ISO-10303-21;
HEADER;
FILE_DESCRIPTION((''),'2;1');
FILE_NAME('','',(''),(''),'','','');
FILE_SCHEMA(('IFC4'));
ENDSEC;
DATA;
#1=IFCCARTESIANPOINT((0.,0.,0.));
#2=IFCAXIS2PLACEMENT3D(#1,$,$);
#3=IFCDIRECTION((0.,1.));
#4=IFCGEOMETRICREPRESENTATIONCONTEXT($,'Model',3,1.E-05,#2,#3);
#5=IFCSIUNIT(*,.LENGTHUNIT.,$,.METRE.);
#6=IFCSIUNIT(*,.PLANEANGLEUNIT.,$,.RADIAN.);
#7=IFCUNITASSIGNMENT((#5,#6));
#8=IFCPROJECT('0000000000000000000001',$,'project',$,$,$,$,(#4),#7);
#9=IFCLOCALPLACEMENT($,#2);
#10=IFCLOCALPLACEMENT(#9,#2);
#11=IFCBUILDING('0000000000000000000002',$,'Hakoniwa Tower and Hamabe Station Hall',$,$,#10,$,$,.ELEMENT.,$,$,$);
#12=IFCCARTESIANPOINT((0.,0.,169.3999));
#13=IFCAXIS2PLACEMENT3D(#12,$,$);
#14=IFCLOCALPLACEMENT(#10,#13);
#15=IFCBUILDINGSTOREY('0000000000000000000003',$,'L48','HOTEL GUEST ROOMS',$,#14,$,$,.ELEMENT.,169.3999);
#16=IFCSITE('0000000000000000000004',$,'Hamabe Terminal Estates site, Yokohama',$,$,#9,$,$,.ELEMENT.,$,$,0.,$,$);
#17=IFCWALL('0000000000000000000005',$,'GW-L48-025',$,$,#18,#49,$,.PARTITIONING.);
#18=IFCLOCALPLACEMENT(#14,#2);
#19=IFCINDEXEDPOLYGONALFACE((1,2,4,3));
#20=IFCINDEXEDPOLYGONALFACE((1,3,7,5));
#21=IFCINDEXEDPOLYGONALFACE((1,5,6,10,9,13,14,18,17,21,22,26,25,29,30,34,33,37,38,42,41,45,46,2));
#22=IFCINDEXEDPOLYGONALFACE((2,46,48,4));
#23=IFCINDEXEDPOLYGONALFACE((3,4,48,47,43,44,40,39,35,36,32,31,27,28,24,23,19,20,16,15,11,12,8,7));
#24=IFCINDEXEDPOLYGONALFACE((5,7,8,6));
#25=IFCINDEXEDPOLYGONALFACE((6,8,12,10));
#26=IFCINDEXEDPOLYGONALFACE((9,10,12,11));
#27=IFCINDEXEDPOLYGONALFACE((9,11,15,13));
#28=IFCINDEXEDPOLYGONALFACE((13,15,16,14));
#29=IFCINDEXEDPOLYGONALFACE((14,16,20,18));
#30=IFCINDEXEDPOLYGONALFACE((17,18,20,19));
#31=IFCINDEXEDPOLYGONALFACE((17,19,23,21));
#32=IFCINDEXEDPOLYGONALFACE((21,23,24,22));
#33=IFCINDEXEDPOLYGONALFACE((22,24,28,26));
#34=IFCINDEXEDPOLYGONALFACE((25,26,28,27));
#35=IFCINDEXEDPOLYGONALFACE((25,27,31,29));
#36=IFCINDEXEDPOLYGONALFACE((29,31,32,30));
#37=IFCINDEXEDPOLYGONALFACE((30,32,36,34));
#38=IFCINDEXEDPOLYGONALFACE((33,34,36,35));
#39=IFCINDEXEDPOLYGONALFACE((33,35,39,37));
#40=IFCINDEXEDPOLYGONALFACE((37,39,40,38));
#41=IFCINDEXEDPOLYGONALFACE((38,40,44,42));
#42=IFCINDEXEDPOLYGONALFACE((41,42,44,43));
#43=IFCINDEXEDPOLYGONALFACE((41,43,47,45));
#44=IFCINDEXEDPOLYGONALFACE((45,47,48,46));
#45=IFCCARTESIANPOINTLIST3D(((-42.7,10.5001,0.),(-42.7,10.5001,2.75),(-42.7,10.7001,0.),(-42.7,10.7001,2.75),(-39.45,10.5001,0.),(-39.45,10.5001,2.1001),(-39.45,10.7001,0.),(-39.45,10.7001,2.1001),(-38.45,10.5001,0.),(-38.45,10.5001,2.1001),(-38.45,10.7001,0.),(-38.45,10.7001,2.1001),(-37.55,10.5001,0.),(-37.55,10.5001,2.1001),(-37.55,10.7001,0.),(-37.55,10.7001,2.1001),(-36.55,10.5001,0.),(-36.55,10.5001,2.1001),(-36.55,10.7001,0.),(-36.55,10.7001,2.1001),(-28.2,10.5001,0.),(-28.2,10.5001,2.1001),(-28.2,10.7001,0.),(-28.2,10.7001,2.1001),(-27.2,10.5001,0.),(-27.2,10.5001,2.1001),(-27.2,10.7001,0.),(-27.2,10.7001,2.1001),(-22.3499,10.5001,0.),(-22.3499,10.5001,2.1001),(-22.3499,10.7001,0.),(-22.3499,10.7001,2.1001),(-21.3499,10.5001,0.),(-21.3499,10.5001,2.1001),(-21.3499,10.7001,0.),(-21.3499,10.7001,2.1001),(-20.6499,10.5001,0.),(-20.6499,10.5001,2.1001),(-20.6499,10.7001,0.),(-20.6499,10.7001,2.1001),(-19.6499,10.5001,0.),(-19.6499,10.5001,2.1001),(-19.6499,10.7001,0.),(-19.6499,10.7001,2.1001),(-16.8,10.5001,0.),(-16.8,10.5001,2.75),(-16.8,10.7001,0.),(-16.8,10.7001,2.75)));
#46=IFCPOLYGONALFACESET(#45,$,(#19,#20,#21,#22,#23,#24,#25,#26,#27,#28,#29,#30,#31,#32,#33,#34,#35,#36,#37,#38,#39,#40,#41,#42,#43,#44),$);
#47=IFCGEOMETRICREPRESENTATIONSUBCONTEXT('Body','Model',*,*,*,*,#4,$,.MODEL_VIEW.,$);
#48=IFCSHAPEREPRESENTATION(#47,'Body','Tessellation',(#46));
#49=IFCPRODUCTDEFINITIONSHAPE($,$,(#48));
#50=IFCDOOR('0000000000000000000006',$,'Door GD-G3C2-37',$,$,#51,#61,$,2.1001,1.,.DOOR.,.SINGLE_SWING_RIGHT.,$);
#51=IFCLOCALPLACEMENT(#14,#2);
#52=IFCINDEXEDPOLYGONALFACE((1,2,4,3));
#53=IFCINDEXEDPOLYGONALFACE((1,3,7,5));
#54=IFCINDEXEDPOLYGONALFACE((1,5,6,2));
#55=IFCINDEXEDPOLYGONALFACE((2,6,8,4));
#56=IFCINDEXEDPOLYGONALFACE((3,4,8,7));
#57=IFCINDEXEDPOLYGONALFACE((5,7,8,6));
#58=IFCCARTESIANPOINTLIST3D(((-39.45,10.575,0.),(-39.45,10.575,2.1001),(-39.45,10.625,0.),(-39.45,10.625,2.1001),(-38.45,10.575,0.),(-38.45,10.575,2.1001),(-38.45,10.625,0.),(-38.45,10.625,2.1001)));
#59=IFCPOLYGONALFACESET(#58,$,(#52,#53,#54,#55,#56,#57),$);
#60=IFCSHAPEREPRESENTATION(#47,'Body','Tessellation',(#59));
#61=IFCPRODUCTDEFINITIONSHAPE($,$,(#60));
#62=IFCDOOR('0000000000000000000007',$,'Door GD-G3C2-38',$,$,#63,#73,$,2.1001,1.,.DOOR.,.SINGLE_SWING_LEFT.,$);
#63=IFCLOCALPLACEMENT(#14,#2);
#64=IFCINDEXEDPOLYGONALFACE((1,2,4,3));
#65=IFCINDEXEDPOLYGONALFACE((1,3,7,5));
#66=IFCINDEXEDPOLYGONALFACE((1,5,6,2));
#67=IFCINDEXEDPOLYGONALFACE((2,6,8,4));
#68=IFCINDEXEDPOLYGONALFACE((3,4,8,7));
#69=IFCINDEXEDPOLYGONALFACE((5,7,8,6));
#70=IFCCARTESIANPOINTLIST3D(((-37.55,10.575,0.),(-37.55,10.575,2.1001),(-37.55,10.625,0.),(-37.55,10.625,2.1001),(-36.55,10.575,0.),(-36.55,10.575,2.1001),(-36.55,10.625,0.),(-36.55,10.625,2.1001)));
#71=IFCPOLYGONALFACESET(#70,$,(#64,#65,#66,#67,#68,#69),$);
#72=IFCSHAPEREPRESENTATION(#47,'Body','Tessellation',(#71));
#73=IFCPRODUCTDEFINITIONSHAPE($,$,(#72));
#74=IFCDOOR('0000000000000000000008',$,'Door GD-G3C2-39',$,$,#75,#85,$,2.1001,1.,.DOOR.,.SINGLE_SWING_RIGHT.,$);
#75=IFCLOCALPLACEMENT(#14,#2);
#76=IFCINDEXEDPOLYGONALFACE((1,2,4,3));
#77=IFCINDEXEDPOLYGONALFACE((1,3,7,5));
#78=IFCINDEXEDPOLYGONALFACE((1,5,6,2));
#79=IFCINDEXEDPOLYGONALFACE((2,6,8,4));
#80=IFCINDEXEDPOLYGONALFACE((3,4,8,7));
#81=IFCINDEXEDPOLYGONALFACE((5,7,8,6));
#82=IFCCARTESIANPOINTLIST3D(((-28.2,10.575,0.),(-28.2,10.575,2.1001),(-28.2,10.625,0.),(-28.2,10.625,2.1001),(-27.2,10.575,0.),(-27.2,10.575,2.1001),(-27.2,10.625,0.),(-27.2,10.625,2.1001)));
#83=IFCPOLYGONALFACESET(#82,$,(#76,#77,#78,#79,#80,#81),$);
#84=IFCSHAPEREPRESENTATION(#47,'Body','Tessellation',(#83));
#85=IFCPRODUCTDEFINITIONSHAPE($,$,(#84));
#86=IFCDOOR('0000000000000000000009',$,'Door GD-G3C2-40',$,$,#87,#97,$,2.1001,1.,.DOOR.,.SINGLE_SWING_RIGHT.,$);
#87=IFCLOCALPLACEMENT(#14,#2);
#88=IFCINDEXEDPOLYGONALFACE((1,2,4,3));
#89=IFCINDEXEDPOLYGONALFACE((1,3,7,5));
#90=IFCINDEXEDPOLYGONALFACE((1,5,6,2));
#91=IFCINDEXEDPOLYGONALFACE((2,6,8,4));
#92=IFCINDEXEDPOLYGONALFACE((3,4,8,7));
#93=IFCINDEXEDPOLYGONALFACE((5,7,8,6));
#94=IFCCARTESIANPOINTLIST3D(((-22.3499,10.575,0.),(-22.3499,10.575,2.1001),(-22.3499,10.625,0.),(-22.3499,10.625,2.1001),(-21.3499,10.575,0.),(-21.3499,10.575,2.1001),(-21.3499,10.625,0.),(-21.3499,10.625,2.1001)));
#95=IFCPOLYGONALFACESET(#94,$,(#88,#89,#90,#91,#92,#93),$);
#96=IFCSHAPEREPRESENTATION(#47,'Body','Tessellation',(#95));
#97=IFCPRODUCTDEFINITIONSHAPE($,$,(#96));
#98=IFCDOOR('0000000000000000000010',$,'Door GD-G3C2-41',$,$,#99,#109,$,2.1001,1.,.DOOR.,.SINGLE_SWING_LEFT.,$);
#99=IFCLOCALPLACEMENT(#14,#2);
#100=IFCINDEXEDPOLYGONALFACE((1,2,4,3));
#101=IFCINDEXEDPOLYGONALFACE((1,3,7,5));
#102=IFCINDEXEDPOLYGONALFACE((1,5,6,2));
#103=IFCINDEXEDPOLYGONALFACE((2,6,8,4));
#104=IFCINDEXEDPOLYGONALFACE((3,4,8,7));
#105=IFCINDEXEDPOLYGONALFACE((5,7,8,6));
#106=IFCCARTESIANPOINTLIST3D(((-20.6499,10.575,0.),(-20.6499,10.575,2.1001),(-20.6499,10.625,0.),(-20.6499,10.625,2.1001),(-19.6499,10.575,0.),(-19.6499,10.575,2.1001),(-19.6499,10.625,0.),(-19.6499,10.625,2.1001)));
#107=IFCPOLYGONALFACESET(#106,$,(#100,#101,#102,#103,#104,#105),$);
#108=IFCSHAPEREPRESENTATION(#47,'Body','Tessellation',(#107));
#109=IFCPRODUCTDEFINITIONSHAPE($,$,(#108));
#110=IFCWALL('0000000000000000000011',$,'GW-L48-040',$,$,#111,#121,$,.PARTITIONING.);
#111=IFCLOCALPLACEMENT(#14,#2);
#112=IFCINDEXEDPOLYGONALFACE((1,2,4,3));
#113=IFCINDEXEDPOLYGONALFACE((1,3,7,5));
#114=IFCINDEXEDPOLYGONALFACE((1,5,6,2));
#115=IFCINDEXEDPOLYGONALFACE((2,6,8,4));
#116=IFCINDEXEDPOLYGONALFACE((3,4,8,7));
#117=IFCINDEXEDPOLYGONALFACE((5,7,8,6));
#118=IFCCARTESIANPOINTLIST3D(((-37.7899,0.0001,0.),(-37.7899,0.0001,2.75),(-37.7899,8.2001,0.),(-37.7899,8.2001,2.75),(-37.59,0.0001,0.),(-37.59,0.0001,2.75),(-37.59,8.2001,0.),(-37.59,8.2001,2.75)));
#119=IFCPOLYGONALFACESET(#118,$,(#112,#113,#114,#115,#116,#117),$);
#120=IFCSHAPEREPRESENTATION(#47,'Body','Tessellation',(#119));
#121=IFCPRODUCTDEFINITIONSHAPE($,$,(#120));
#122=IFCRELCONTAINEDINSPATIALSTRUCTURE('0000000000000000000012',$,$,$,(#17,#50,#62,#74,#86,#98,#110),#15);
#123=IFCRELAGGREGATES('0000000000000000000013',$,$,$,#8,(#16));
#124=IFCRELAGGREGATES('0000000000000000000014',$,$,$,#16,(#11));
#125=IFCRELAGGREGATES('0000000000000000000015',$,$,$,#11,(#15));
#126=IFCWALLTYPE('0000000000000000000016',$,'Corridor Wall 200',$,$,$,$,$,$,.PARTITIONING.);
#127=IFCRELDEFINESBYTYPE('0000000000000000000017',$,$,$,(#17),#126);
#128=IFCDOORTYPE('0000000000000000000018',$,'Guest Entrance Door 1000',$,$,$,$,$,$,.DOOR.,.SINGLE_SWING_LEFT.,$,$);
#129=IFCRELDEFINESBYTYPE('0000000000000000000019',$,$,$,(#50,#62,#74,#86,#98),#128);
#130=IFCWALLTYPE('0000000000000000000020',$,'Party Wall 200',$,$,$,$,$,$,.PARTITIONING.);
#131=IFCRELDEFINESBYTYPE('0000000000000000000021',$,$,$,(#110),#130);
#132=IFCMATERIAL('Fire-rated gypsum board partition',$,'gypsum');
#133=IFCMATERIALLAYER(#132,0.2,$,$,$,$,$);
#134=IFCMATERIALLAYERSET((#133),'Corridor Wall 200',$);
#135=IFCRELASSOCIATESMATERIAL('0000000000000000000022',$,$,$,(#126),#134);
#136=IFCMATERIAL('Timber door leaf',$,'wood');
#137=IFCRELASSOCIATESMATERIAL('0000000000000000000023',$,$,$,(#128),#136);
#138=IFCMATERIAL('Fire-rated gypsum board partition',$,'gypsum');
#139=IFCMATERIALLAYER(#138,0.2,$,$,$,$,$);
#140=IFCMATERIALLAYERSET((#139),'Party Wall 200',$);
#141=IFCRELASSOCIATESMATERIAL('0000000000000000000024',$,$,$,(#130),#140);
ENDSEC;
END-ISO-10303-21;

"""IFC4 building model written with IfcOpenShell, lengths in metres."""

from ifc_helpers import new_model, si_unit, direction, frame, frame_2d, origin, place, context, subcontext, project, spatial, rectangle, extrude, material, layer, layer_set, type_object, element, fill, save


model = new_model("IFC4")

# Units and contexts
model_context = context("Model", 3, precision=1e-05, world=origin(), true_north=direction((0.0, 1.0)))
body_context = subcontext(model_context, "Body", "Model", "MODEL_VIEW")
ifc_project = project(units=[si_unit("LENGTHUNIT", "METRE"), si_unit("PLANEANGLEUNIT", "RADIAN")], contexts=[model_context])

# Site, building, storey
site_placement = place(None, origin())
site = spatial("IfcSite", under=ifc_project, at=site_placement, Name="Hamabe Terminal Estates site, Yokohama", CompositionType="ELEMENT", RefElevation=0.0)
building_placement = place(site_placement, origin())
building = spatial("IfcBuilding", under=site, at=building_placement, Name="Hakoniwa Tower and Hamabe Station Hall", CompositionType="ELEMENT")
storey_placement = place(building_placement, frame((0.0, 0.0, 169.3999)))
storey = spatial("IfcBuildingStorey", under=building, at=storey_placement, Name="L48", Description="HOTEL GUEST ROOMS", CompositionType="ELEMENT", Elevation=169.3999)

# Wall, openings, doors
ifc_material_1 = material(Name="Fire-rated gypsum board partition", Category="gypsum")
ifc_layer_1 = layer(ifc_material_1, 0.2)
ifc_layer_set_1 = layer_set([ifc_layer_1], Name="Corridor Wall 200")
wall_type_1 = type_object("IfcWallType", Name="Corridor Wall 200", PredefinedType="PARTITIONING", material=ifc_layer_set_1)
wall_1_placement = place(storey_placement, frame((-42.7, 10.6001, 0.0), z_axis=(0.0, 0.0, 1.0), x_axis=(1.0, 0.0, 0.0)))
wall_1 = element("IfcWall", 1, at=wall_1_placement, inside=storey, type_object=wall_type_1, Name="GW-L48-025", PredefinedType="PARTITIONING", context=body_context, shape_type="SweptSolid", body=[
    extrude(rectangle(XDim=25.8999, YDim=0.2, at=frame_2d((12.95, 0.0))), origin(), (0.0, 0.0, 1.0), 2.75),
])
opening_1_placement = place(wall_1_placement, frame((3.25, 0.0, 0.0)))
opening_1 = element("IfcOpeningElement", 2, at=opening_1_placement, cuts=wall_1, PredefinedType="OPENING", context=body_context, shape_type="SweptSolid", body=[
    extrude(rectangle(XDim=1.0, YDim=2.1001, at=frame_2d((0.5, 1.05))), frame((0.0, 0.1099, 0.0), z_axis=(0.0, -1.0, 0.0), x_axis=(1.0, 0.0, 0.0)), (0.0, 0.0, 1.0), 0.22),
])
opening_2_placement = place(wall_1_placement, frame((5.1499, 0.0, 0.0)))
opening_2 = element("IfcOpeningElement", 3, at=opening_2_placement, cuts=wall_1, PredefinedType="OPENING", context=body_context, shape_type="SweptSolid", body=[
    extrude(rectangle(XDim=1.0, YDim=2.1001, at=frame_2d((0.5, 1.05))), frame((0.0, 0.1099, 0.0), z_axis=(0.0, -1.0, 0.0), x_axis=(1.0, 0.0, 0.0)), (0.0, 0.0, 1.0), 0.22),
])
opening_3_placement = place(wall_1_placement, frame((14.5, 0.0, 0.0)))
opening_3 = element("IfcOpeningElement", 4, at=opening_3_placement, cuts=wall_1, PredefinedType="OPENING", context=body_context, shape_type="SweptSolid", body=[
    extrude(rectangle(XDim=1.0, YDim=2.1001, at=frame_2d((0.5, 1.05))), frame((0.0, 0.1099, 0.0), z_axis=(0.0, -1.0, 0.0), x_axis=(1.0, 0.0, 0.0)), (0.0, 0.0, 1.0), 0.22),
])
opening_4_placement = place(wall_1_placement, frame((20.3501, 0.0, 0.0)))
opening_4 = element("IfcOpeningElement", 5, at=opening_4_placement, cuts=wall_1, PredefinedType="OPENING", context=body_context, shape_type="SweptSolid", body=[
    extrude(rectangle(XDim=1.0, YDim=2.1001, at=frame_2d((0.5, 1.05))), frame((0.0, 0.1099, 0.0), z_axis=(0.0, -1.0, 0.0), x_axis=(1.0, 0.0, 0.0)), (0.0, 0.0, 1.0), 0.22),
])
opening_5_placement = place(wall_1_placement, frame((22.05, 0.0, 0.0)))
opening_5 = element("IfcOpeningElement", 6, at=opening_5_placement, cuts=wall_1, PredefinedType="OPENING", context=body_context, shape_type="SweptSolid", body=[
    extrude(rectangle(XDim=1.0, YDim=2.1001, at=frame_2d((0.5, 1.05))), frame((0.0, 0.1099, 0.0), z_axis=(0.0, -1.0, 0.0), x_axis=(1.0, 0.0, 0.0)), (0.0, 0.0, 1.0), 0.22),
])
ifc_material_2 = material(Name="Timber door leaf", Category="wood")
door_type_1 = type_object("IfcDoorType", Name="Guest Entrance Door 1000", OperationType="SINGLE_SWING_LEFT", PredefinedType="DOOR", material=ifc_material_2)
door_1_placement = place(opening_1_placement, origin())
door_1 = element("IfcDoor", 7, at=door_1_placement, inside=storey, type_object=door_type_1, Name="Door GD-G3C2-37", OperationType="SINGLE_SWING_RIGHT", OverallHeight=2.1001, OverallWidth=1.0, PredefinedType="DOOR", context=body_context, shape_type="SweptSolid", body=[
    extrude(rectangle(XDim=1.0, YDim=2.1001, at=frame_2d((0.5, 1.05))), frame((0.0, 0.0249, 0.0), z_axis=(0.0, -1.0, 0.0), x_axis=(1.0, 0.0, 0.0)), (0.0, 0.0, 1.0), 0.05),
])
fill(opening_1, door_1)
door_2_placement = place(opening_2_placement, origin())
door_2 = element("IfcDoor", 8, at=door_2_placement, inside=storey, type_object=door_type_1, Name="Door GD-G3C2-38", OperationType="SINGLE_SWING_LEFT", OverallHeight=2.1001, OverallWidth=1.0, PredefinedType="DOOR", context=body_context, shape_type="SweptSolid", body=[
    extrude(rectangle(XDim=1.0, YDim=2.1001, at=frame_2d((0.5, 1.05))), frame((0.0, 0.0249, 0.0), z_axis=(0.0, -1.0, 0.0), x_axis=(1.0, 0.0, 0.0)), (0.0, 0.0, 1.0), 0.05),
])
fill(opening_2, door_2)
door_3_placement = place(opening_3_placement, origin())
door_3 = element("IfcDoor", 9, at=door_3_placement, inside=storey, type_object=door_type_1, Name="Door GD-G3C2-39", OperationType="SINGLE_SWING_RIGHT", OverallHeight=2.1001, OverallWidth=1.0, PredefinedType="DOOR", context=body_context, shape_type="SweptSolid", body=[
    extrude(rectangle(XDim=1.0, YDim=2.1001, at=frame_2d((0.5, 1.05))), frame((0.0, 0.0249, 0.0), z_axis=(0.0, -1.0, 0.0), x_axis=(1.0, 0.0, 0.0)), (0.0, 0.0, 1.0), 0.05),
])
fill(opening_3, door_3)
door_4_placement = place(opening_4_placement, origin())
door_4 = element("IfcDoor", 10, at=door_4_placement, inside=storey, type_object=door_type_1, Name="Door GD-G3C2-40", OperationType="SINGLE_SWING_RIGHT", OverallHeight=2.1001, OverallWidth=1.0, PredefinedType="DOOR", context=body_context, shape_type="SweptSolid", body=[
    extrude(rectangle(XDim=1.0, YDim=2.1001, at=frame_2d((0.5, 1.05))), frame((0.0, 0.0249, 0.0), z_axis=(0.0, -1.0, 0.0), x_axis=(1.0, 0.0, 0.0)), (0.0, 0.0, 1.0), 0.05),
])
fill(opening_4, door_4)
door_5_placement = place(opening_5_placement, origin())
door_5 = element("IfcDoor", 11, at=door_5_placement, inside=storey, type_object=door_type_1, Name="Door GD-G3C2-41", OperationType="SINGLE_SWING_LEFT", OverallHeight=2.1001, OverallWidth=1.0, PredefinedType="DOOR", context=body_context, shape_type="SweptSolid", body=[
    extrude(rectangle(XDim=1.0, YDim=2.1001, at=frame_2d((0.5, 1.05))), frame((0.0, 0.0249, 0.0), z_axis=(0.0, -1.0, 0.0), x_axis=(1.0, 0.0, 0.0)), (0.0, 0.0, 1.0), 0.05),
])
fill(opening_5, door_5)

# Wall
ifc_material_3 = material(Name="Fire-rated gypsum board partition", Category="gypsum")
ifc_layer_2 = layer(ifc_material_3, 0.2)
ifc_layer_set_2 = layer_set([ifc_layer_2], Name="Party Wall 200")
wall_type_2 = type_object("IfcWallType", Name="Party Wall 200", PredefinedType="PARTITIONING", material=ifc_layer_set_2)
wall_2_placement = place(storey_placement, frame((-37.6899, 0.0, 0.0), z_axis=(0.0, 0.0, 1.0), x_axis=(0.0, 1.0, 0.0)))
element("IfcWall", 12, at=wall_2_placement, inside=storey, type_object=wall_type_2, Name="GW-L48-040", PredefinedType="PARTITIONING", context=body_context, shape_type="SweptSolid", body=[
    extrude(rectangle(XDim=8.2, YDim=0.2, at=frame_2d((4.1001, 0.0))), origin(), (0.0, 0.0, 1.0), 2.75),
])

save(model, "model.ifc")
